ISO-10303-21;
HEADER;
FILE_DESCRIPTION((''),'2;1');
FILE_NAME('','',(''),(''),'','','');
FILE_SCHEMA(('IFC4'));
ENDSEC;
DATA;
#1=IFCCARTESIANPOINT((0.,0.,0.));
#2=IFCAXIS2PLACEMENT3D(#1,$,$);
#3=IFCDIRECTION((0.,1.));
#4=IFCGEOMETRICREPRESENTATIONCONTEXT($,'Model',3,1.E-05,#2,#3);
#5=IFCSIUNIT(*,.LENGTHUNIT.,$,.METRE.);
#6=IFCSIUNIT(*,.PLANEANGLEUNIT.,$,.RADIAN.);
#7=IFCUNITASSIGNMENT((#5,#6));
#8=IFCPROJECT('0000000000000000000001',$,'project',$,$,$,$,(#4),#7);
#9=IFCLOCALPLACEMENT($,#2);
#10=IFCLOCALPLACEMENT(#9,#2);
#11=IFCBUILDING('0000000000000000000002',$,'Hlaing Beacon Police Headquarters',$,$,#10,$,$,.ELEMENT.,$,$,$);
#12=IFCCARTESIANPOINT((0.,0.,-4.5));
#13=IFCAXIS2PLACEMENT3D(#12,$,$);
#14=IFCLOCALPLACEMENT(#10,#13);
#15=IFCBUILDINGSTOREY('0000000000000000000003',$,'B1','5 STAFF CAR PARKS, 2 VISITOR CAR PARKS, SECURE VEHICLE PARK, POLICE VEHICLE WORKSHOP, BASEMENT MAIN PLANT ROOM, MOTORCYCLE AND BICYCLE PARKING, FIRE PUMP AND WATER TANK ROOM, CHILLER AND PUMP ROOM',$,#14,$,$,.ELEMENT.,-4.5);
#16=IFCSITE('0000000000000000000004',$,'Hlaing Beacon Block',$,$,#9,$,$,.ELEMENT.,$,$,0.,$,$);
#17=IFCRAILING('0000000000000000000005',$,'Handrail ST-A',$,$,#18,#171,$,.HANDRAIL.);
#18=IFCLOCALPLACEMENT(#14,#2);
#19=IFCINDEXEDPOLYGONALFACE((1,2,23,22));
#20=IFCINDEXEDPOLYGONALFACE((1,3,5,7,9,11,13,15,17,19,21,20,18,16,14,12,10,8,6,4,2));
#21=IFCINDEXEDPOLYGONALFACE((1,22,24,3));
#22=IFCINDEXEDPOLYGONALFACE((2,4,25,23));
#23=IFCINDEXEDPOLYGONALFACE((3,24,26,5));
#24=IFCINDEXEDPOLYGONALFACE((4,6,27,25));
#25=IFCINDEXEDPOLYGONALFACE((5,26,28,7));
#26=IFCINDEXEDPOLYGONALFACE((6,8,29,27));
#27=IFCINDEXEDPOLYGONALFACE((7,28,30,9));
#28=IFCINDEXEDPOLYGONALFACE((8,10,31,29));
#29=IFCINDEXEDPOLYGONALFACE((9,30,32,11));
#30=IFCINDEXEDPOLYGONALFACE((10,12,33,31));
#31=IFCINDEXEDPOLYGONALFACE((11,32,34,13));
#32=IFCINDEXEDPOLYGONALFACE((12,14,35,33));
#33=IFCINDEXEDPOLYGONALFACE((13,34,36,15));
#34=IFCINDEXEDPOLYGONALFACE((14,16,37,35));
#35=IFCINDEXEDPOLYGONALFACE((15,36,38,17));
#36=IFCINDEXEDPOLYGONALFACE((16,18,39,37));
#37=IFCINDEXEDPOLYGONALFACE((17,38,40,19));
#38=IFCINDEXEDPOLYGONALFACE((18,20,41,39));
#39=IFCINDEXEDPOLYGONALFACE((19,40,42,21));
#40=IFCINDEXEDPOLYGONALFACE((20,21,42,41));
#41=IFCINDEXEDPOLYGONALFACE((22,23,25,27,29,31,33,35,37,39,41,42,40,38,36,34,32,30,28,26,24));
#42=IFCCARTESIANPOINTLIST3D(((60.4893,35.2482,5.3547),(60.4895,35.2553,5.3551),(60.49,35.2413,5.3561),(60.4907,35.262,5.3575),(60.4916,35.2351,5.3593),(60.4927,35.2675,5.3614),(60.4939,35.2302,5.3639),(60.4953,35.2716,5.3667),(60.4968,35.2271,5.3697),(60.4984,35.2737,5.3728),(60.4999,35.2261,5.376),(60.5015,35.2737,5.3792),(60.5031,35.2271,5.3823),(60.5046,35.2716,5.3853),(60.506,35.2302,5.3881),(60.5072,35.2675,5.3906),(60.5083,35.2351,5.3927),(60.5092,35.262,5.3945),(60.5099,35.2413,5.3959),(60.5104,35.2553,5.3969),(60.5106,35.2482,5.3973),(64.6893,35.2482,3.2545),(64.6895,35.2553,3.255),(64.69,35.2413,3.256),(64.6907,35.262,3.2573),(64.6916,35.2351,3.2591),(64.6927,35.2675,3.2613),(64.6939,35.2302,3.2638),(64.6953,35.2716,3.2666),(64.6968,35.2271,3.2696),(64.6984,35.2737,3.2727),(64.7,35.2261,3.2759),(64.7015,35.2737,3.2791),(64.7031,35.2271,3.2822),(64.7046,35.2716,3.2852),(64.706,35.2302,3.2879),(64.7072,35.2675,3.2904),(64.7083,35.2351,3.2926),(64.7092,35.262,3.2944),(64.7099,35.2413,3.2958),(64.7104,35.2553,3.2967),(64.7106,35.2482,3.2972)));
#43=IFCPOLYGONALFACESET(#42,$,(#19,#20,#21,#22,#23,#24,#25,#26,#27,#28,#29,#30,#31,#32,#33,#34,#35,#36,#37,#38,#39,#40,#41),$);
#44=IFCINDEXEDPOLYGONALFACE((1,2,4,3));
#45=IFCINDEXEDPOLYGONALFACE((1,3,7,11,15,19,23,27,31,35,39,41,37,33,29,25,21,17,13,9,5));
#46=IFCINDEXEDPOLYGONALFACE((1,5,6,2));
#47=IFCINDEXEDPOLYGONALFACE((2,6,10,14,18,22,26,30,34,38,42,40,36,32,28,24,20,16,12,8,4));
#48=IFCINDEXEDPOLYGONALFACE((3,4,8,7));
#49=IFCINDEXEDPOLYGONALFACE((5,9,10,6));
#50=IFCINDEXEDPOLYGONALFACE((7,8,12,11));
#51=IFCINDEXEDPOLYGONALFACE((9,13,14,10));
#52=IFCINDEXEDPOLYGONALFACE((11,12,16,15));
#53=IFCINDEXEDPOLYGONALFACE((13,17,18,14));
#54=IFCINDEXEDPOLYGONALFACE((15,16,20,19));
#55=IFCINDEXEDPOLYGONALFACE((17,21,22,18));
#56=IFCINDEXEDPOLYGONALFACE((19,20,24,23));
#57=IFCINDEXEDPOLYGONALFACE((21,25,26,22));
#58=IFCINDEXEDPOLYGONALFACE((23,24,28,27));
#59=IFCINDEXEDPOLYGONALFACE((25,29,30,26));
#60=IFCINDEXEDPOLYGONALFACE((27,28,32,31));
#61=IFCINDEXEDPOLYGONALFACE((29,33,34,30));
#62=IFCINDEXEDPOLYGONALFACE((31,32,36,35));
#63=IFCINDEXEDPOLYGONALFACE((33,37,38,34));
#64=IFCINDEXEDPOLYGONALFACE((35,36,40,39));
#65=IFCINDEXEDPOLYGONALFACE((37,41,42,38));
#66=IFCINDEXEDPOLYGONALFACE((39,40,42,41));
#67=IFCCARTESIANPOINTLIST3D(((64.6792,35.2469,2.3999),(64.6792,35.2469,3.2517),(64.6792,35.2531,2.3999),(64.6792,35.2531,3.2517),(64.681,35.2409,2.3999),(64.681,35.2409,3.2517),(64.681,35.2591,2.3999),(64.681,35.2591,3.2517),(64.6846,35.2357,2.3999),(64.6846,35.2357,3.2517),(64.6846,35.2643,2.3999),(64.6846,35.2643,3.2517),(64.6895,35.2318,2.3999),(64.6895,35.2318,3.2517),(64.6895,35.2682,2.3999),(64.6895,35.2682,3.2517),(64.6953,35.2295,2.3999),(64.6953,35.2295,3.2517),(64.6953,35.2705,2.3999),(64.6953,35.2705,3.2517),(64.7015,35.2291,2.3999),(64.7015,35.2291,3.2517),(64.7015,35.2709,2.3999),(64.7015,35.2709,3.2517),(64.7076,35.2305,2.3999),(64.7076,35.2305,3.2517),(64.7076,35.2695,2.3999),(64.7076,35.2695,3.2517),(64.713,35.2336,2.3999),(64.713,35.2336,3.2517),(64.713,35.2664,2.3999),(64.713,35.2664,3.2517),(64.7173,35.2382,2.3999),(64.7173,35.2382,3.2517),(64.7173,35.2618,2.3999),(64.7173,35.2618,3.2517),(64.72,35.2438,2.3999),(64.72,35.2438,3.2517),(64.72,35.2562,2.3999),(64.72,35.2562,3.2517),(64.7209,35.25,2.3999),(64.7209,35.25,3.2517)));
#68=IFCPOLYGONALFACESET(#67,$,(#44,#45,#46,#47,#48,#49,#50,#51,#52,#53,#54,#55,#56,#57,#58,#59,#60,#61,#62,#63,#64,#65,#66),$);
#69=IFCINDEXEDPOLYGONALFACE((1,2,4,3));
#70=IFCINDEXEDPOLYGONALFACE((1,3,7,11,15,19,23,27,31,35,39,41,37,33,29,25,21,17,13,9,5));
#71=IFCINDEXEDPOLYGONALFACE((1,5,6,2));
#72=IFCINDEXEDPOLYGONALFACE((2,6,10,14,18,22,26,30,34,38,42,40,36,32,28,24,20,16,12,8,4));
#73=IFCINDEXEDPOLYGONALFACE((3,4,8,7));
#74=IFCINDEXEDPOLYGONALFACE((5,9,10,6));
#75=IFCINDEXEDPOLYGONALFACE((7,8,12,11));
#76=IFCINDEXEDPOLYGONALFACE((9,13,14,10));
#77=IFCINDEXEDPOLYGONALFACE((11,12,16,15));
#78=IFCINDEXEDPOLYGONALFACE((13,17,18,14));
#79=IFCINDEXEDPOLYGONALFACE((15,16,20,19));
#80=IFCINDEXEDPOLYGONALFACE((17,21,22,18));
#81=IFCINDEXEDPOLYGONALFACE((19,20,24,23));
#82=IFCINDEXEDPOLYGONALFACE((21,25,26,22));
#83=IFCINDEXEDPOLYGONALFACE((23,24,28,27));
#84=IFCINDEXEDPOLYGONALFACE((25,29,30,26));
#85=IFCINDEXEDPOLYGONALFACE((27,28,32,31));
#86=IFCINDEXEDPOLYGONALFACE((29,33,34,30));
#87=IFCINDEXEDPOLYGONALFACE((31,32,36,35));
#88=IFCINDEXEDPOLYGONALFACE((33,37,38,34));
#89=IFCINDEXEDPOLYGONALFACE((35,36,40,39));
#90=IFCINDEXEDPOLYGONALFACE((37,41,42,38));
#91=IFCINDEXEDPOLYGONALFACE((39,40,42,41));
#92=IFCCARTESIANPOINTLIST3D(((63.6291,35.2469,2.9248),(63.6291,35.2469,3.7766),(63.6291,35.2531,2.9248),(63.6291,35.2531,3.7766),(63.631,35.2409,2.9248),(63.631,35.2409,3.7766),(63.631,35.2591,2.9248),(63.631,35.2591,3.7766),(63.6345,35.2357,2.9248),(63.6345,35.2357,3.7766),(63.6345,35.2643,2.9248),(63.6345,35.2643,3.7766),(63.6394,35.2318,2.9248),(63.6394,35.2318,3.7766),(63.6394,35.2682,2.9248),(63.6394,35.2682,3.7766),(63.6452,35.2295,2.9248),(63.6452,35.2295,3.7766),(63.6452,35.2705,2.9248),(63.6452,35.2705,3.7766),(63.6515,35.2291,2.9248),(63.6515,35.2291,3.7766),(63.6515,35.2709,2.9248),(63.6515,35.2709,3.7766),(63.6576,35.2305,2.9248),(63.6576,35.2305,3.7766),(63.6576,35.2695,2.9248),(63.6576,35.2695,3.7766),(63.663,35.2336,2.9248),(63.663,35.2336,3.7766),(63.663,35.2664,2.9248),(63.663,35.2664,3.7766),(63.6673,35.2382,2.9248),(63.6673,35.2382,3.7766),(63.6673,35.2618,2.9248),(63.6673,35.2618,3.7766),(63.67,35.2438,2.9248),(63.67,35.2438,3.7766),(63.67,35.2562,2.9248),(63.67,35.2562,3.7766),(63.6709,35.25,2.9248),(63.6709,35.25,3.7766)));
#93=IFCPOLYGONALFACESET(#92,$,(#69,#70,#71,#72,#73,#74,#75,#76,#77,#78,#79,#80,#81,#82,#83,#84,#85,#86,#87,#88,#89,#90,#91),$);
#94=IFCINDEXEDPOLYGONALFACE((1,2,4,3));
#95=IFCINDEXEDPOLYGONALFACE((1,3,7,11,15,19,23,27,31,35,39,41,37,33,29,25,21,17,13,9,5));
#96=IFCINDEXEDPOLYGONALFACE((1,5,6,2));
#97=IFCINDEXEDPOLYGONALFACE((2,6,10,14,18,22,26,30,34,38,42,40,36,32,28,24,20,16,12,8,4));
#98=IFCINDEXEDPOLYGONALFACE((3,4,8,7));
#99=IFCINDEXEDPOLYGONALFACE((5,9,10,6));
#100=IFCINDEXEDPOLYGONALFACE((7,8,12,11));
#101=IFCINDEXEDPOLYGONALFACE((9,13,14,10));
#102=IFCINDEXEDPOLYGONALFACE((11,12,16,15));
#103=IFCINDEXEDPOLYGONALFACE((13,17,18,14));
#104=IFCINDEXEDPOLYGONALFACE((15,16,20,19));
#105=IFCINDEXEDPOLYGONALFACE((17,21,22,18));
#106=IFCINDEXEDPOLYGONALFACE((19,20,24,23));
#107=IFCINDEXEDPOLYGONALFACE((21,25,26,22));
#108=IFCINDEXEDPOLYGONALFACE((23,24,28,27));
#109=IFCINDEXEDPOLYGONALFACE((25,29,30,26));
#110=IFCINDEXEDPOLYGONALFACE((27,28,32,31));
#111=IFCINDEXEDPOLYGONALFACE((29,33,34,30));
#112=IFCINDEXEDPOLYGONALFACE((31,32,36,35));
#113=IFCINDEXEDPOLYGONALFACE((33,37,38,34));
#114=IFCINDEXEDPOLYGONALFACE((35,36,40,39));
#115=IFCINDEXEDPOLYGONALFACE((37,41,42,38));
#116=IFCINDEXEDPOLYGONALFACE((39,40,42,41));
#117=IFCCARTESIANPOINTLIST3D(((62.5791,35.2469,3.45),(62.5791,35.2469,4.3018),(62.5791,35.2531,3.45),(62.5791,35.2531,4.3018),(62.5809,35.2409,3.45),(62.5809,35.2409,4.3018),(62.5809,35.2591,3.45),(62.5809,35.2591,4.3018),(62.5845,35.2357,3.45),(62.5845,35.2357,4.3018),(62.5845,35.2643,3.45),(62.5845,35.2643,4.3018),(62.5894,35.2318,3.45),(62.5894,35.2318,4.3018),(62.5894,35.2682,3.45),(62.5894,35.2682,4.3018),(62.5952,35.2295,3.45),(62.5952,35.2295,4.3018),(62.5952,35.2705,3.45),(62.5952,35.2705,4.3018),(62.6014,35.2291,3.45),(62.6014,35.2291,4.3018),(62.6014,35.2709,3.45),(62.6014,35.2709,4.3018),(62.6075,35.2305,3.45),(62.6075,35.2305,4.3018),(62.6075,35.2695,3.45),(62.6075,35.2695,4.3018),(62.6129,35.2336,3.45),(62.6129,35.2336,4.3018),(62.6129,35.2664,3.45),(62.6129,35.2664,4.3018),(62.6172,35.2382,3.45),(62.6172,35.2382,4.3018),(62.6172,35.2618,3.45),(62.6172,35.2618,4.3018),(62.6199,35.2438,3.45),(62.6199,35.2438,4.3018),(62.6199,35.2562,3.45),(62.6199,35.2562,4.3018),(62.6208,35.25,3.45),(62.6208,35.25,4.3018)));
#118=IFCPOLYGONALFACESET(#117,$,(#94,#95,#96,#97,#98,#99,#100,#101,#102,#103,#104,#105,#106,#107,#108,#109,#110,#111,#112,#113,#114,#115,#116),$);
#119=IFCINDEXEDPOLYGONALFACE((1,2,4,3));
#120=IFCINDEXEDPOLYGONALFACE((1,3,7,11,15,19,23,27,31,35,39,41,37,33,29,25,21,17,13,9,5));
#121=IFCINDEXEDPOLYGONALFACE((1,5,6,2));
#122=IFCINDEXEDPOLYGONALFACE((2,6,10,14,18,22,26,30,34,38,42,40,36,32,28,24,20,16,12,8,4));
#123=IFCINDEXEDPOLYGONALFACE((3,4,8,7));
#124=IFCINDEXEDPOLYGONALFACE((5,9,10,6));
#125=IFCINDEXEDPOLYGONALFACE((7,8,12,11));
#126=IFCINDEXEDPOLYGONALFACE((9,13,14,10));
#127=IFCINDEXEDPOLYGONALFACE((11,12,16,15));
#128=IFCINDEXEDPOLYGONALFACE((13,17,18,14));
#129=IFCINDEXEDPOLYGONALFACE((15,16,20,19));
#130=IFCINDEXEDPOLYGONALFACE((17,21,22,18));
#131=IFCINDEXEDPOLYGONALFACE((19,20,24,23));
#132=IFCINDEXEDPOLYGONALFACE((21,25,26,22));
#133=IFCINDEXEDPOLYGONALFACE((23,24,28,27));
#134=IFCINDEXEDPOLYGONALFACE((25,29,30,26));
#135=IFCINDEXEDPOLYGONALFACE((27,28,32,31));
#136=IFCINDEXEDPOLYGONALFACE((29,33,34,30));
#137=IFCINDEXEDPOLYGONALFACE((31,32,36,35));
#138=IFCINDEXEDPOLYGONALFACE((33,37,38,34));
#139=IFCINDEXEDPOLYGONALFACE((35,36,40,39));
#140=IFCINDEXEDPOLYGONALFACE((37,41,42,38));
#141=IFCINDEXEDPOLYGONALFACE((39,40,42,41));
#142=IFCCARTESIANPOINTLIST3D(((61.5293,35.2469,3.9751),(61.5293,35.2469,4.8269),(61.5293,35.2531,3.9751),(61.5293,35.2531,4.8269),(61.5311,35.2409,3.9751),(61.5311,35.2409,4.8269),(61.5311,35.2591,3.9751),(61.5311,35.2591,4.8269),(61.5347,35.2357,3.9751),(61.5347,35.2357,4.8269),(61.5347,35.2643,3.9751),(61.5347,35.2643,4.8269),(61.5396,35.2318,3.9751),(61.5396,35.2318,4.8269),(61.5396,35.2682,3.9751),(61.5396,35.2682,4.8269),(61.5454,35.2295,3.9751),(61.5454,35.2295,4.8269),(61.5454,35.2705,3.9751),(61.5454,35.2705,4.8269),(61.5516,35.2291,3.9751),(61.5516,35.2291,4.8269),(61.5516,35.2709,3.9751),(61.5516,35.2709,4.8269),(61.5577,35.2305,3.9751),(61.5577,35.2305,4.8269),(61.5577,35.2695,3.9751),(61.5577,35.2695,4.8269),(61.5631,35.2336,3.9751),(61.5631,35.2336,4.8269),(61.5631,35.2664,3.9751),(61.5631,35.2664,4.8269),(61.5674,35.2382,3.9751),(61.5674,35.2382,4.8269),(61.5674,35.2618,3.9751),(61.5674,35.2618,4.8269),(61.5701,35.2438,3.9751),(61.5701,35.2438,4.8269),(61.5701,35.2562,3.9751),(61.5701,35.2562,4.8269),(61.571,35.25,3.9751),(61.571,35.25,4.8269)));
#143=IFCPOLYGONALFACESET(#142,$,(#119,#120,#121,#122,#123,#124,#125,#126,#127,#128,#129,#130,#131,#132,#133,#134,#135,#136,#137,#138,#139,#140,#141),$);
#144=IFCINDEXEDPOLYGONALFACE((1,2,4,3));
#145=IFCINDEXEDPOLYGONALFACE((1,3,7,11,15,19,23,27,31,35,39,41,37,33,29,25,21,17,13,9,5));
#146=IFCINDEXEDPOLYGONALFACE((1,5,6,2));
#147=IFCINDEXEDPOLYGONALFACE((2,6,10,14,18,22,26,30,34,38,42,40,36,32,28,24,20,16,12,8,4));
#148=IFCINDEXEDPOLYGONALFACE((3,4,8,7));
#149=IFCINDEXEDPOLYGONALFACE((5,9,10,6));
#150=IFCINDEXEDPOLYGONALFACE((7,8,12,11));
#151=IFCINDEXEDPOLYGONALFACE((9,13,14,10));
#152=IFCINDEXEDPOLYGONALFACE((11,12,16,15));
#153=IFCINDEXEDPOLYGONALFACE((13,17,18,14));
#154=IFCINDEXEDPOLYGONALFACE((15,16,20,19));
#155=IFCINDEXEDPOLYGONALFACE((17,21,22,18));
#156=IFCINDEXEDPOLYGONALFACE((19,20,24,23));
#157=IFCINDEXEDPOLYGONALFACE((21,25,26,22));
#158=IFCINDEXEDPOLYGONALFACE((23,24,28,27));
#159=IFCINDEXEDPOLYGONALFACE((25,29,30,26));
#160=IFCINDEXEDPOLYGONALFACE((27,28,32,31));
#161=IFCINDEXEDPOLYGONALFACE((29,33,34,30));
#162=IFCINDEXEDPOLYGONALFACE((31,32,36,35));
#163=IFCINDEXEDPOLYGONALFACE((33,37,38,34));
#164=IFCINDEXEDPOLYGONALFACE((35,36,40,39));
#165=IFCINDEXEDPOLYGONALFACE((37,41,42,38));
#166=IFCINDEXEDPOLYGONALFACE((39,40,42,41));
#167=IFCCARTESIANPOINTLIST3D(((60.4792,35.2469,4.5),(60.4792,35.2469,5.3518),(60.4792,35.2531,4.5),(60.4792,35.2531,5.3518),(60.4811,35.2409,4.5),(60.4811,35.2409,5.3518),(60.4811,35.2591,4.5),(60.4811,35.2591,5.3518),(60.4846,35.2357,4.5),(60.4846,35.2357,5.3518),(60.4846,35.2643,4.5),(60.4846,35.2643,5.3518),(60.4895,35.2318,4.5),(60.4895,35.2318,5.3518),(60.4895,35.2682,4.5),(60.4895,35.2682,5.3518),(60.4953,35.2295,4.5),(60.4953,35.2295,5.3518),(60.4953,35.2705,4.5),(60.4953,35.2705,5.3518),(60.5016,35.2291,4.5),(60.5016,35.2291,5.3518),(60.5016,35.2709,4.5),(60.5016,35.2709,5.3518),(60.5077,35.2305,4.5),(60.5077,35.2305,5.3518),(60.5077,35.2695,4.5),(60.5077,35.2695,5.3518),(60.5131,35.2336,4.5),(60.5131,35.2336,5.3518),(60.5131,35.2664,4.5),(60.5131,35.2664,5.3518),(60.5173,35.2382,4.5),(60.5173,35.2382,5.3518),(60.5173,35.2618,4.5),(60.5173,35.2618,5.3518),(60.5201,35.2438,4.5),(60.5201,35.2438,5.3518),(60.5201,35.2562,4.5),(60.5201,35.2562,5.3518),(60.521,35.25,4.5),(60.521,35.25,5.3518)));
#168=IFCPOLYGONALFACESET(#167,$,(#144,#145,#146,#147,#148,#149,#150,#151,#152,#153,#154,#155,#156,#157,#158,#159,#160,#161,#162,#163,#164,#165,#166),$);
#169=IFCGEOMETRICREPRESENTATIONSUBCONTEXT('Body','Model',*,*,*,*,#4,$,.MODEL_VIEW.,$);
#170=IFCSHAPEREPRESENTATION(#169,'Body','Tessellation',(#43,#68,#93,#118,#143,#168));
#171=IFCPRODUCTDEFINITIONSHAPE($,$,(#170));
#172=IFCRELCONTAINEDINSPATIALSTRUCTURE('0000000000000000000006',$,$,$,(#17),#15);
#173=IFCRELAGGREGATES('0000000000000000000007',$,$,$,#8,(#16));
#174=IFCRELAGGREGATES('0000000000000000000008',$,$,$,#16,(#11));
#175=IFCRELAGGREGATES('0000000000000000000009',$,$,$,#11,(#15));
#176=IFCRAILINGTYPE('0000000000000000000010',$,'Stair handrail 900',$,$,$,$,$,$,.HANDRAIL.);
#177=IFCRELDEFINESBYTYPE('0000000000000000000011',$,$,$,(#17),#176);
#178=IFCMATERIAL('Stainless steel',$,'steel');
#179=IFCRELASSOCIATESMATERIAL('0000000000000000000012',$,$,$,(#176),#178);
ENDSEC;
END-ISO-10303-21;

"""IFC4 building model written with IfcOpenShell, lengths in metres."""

from ifc_helpers import new_model, si_unit, direction, frame, origin, origin_2d, place, context, subcontext, project, spatial, circle, extrude, material, type_object, element, save


model = new_model("IFC4")

# Units and contexts
model_context = context("Model", 3, precision=1e-05, world=origin(), true_north=direction((0.0, 1.0)))
body_context = subcontext(model_context, "Body", "Model", "MODEL_VIEW")
ifc_project = project(units=[si_unit("LENGTHUNIT", "METRE"), si_unit("PLANEANGLEUNIT", "RADIAN")], contexts=[model_context])

# Site, building, storey
site_placement = place(None, origin())
site = spatial("IfcSite", under=ifc_project, at=site_placement, Name="Hlaing Beacon Block", CompositionType="ELEMENT", RefElevation=0.0)
building_placement = place(site_placement, origin())
building = spatial("IfcBuilding", under=site, at=building_placement, Name="Hlaing Beacon Police Headquarters", CompositionType="ELEMENT")
storey_placement = place(building_placement, frame((0.0, 0.0, -4.5)))
storey = spatial("IfcBuildingStorey", under=building, at=storey_placement, Name="B1", Description="5 STAFF CAR PARKS, 2 VISITOR CAR PARKS, SECURE VEHICLE PARK, POLICE VEHICLE WORKSHOP, BASEMENT MAIN PLANT ROOM, MOTORCYCLE AND BICYCLE PARKING, FIRE PUMP AND WATER TANK ROOM, CHILLER AND PUMP ROOM", CompositionType="ELEMENT", Elevation=-4.5)

# Railing
ifc_material_1 = material(Name="Stainless steel", Category="steel")
railing_type = type_object("IfcRailingType", Name="Stair handrail 900", PredefinedType="HANDRAIL", material=ifc_material_1)
for number, where, name in (
    (1, (64.7, 35.25, 2.3999), "Handrail ST-A"),
):
    element("IfcRailing", number, at=place(storey_placement, frame(where)), inside=storey, type_object=railing_type, Name=name, PredefinedType="HANDRAIL", context=body_context, shape_type="SweptSolid", body=[
        extrude(circle(Radius=0.0239, at=origin_2d()), frame((0.0, 0.0, 0.876), z_axis=(-0.894417, 0.0, 0.447234), x_axis=(0.0, -1.0, 0.0)), (0.0, 0.0, 1.0), 4.6958),
        extrude(circle(Radius=0.021, at=origin_2d()), origin(), (0.0, 0.0, 1.0), 0.8518),
        extrude(circle(Radius=0.021, at=origin_2d()), frame((-1.05, 0.0, 0.5249)), (0.0, 0.0, 1.0), 0.8518),
        extrude(circle(Radius=0.021, at=origin_2d()), frame((-2.1001, 0.0, 1.05)), (0.0, 0.0, 1.0), 0.8518),
        extrude(circle(Radius=0.021, at=origin_2d()), frame((-3.1499, 0.0, 1.5752)), (0.0, 0.0, 1.0), 0.8518),
        extrude(circle(Radius=0.021, at=origin_2d()), frame((-4.2, 0.0, 2.1001)), (0.0, 0.0, 1.0), 0.8518),
    ])

save(model, "model.ifc")
